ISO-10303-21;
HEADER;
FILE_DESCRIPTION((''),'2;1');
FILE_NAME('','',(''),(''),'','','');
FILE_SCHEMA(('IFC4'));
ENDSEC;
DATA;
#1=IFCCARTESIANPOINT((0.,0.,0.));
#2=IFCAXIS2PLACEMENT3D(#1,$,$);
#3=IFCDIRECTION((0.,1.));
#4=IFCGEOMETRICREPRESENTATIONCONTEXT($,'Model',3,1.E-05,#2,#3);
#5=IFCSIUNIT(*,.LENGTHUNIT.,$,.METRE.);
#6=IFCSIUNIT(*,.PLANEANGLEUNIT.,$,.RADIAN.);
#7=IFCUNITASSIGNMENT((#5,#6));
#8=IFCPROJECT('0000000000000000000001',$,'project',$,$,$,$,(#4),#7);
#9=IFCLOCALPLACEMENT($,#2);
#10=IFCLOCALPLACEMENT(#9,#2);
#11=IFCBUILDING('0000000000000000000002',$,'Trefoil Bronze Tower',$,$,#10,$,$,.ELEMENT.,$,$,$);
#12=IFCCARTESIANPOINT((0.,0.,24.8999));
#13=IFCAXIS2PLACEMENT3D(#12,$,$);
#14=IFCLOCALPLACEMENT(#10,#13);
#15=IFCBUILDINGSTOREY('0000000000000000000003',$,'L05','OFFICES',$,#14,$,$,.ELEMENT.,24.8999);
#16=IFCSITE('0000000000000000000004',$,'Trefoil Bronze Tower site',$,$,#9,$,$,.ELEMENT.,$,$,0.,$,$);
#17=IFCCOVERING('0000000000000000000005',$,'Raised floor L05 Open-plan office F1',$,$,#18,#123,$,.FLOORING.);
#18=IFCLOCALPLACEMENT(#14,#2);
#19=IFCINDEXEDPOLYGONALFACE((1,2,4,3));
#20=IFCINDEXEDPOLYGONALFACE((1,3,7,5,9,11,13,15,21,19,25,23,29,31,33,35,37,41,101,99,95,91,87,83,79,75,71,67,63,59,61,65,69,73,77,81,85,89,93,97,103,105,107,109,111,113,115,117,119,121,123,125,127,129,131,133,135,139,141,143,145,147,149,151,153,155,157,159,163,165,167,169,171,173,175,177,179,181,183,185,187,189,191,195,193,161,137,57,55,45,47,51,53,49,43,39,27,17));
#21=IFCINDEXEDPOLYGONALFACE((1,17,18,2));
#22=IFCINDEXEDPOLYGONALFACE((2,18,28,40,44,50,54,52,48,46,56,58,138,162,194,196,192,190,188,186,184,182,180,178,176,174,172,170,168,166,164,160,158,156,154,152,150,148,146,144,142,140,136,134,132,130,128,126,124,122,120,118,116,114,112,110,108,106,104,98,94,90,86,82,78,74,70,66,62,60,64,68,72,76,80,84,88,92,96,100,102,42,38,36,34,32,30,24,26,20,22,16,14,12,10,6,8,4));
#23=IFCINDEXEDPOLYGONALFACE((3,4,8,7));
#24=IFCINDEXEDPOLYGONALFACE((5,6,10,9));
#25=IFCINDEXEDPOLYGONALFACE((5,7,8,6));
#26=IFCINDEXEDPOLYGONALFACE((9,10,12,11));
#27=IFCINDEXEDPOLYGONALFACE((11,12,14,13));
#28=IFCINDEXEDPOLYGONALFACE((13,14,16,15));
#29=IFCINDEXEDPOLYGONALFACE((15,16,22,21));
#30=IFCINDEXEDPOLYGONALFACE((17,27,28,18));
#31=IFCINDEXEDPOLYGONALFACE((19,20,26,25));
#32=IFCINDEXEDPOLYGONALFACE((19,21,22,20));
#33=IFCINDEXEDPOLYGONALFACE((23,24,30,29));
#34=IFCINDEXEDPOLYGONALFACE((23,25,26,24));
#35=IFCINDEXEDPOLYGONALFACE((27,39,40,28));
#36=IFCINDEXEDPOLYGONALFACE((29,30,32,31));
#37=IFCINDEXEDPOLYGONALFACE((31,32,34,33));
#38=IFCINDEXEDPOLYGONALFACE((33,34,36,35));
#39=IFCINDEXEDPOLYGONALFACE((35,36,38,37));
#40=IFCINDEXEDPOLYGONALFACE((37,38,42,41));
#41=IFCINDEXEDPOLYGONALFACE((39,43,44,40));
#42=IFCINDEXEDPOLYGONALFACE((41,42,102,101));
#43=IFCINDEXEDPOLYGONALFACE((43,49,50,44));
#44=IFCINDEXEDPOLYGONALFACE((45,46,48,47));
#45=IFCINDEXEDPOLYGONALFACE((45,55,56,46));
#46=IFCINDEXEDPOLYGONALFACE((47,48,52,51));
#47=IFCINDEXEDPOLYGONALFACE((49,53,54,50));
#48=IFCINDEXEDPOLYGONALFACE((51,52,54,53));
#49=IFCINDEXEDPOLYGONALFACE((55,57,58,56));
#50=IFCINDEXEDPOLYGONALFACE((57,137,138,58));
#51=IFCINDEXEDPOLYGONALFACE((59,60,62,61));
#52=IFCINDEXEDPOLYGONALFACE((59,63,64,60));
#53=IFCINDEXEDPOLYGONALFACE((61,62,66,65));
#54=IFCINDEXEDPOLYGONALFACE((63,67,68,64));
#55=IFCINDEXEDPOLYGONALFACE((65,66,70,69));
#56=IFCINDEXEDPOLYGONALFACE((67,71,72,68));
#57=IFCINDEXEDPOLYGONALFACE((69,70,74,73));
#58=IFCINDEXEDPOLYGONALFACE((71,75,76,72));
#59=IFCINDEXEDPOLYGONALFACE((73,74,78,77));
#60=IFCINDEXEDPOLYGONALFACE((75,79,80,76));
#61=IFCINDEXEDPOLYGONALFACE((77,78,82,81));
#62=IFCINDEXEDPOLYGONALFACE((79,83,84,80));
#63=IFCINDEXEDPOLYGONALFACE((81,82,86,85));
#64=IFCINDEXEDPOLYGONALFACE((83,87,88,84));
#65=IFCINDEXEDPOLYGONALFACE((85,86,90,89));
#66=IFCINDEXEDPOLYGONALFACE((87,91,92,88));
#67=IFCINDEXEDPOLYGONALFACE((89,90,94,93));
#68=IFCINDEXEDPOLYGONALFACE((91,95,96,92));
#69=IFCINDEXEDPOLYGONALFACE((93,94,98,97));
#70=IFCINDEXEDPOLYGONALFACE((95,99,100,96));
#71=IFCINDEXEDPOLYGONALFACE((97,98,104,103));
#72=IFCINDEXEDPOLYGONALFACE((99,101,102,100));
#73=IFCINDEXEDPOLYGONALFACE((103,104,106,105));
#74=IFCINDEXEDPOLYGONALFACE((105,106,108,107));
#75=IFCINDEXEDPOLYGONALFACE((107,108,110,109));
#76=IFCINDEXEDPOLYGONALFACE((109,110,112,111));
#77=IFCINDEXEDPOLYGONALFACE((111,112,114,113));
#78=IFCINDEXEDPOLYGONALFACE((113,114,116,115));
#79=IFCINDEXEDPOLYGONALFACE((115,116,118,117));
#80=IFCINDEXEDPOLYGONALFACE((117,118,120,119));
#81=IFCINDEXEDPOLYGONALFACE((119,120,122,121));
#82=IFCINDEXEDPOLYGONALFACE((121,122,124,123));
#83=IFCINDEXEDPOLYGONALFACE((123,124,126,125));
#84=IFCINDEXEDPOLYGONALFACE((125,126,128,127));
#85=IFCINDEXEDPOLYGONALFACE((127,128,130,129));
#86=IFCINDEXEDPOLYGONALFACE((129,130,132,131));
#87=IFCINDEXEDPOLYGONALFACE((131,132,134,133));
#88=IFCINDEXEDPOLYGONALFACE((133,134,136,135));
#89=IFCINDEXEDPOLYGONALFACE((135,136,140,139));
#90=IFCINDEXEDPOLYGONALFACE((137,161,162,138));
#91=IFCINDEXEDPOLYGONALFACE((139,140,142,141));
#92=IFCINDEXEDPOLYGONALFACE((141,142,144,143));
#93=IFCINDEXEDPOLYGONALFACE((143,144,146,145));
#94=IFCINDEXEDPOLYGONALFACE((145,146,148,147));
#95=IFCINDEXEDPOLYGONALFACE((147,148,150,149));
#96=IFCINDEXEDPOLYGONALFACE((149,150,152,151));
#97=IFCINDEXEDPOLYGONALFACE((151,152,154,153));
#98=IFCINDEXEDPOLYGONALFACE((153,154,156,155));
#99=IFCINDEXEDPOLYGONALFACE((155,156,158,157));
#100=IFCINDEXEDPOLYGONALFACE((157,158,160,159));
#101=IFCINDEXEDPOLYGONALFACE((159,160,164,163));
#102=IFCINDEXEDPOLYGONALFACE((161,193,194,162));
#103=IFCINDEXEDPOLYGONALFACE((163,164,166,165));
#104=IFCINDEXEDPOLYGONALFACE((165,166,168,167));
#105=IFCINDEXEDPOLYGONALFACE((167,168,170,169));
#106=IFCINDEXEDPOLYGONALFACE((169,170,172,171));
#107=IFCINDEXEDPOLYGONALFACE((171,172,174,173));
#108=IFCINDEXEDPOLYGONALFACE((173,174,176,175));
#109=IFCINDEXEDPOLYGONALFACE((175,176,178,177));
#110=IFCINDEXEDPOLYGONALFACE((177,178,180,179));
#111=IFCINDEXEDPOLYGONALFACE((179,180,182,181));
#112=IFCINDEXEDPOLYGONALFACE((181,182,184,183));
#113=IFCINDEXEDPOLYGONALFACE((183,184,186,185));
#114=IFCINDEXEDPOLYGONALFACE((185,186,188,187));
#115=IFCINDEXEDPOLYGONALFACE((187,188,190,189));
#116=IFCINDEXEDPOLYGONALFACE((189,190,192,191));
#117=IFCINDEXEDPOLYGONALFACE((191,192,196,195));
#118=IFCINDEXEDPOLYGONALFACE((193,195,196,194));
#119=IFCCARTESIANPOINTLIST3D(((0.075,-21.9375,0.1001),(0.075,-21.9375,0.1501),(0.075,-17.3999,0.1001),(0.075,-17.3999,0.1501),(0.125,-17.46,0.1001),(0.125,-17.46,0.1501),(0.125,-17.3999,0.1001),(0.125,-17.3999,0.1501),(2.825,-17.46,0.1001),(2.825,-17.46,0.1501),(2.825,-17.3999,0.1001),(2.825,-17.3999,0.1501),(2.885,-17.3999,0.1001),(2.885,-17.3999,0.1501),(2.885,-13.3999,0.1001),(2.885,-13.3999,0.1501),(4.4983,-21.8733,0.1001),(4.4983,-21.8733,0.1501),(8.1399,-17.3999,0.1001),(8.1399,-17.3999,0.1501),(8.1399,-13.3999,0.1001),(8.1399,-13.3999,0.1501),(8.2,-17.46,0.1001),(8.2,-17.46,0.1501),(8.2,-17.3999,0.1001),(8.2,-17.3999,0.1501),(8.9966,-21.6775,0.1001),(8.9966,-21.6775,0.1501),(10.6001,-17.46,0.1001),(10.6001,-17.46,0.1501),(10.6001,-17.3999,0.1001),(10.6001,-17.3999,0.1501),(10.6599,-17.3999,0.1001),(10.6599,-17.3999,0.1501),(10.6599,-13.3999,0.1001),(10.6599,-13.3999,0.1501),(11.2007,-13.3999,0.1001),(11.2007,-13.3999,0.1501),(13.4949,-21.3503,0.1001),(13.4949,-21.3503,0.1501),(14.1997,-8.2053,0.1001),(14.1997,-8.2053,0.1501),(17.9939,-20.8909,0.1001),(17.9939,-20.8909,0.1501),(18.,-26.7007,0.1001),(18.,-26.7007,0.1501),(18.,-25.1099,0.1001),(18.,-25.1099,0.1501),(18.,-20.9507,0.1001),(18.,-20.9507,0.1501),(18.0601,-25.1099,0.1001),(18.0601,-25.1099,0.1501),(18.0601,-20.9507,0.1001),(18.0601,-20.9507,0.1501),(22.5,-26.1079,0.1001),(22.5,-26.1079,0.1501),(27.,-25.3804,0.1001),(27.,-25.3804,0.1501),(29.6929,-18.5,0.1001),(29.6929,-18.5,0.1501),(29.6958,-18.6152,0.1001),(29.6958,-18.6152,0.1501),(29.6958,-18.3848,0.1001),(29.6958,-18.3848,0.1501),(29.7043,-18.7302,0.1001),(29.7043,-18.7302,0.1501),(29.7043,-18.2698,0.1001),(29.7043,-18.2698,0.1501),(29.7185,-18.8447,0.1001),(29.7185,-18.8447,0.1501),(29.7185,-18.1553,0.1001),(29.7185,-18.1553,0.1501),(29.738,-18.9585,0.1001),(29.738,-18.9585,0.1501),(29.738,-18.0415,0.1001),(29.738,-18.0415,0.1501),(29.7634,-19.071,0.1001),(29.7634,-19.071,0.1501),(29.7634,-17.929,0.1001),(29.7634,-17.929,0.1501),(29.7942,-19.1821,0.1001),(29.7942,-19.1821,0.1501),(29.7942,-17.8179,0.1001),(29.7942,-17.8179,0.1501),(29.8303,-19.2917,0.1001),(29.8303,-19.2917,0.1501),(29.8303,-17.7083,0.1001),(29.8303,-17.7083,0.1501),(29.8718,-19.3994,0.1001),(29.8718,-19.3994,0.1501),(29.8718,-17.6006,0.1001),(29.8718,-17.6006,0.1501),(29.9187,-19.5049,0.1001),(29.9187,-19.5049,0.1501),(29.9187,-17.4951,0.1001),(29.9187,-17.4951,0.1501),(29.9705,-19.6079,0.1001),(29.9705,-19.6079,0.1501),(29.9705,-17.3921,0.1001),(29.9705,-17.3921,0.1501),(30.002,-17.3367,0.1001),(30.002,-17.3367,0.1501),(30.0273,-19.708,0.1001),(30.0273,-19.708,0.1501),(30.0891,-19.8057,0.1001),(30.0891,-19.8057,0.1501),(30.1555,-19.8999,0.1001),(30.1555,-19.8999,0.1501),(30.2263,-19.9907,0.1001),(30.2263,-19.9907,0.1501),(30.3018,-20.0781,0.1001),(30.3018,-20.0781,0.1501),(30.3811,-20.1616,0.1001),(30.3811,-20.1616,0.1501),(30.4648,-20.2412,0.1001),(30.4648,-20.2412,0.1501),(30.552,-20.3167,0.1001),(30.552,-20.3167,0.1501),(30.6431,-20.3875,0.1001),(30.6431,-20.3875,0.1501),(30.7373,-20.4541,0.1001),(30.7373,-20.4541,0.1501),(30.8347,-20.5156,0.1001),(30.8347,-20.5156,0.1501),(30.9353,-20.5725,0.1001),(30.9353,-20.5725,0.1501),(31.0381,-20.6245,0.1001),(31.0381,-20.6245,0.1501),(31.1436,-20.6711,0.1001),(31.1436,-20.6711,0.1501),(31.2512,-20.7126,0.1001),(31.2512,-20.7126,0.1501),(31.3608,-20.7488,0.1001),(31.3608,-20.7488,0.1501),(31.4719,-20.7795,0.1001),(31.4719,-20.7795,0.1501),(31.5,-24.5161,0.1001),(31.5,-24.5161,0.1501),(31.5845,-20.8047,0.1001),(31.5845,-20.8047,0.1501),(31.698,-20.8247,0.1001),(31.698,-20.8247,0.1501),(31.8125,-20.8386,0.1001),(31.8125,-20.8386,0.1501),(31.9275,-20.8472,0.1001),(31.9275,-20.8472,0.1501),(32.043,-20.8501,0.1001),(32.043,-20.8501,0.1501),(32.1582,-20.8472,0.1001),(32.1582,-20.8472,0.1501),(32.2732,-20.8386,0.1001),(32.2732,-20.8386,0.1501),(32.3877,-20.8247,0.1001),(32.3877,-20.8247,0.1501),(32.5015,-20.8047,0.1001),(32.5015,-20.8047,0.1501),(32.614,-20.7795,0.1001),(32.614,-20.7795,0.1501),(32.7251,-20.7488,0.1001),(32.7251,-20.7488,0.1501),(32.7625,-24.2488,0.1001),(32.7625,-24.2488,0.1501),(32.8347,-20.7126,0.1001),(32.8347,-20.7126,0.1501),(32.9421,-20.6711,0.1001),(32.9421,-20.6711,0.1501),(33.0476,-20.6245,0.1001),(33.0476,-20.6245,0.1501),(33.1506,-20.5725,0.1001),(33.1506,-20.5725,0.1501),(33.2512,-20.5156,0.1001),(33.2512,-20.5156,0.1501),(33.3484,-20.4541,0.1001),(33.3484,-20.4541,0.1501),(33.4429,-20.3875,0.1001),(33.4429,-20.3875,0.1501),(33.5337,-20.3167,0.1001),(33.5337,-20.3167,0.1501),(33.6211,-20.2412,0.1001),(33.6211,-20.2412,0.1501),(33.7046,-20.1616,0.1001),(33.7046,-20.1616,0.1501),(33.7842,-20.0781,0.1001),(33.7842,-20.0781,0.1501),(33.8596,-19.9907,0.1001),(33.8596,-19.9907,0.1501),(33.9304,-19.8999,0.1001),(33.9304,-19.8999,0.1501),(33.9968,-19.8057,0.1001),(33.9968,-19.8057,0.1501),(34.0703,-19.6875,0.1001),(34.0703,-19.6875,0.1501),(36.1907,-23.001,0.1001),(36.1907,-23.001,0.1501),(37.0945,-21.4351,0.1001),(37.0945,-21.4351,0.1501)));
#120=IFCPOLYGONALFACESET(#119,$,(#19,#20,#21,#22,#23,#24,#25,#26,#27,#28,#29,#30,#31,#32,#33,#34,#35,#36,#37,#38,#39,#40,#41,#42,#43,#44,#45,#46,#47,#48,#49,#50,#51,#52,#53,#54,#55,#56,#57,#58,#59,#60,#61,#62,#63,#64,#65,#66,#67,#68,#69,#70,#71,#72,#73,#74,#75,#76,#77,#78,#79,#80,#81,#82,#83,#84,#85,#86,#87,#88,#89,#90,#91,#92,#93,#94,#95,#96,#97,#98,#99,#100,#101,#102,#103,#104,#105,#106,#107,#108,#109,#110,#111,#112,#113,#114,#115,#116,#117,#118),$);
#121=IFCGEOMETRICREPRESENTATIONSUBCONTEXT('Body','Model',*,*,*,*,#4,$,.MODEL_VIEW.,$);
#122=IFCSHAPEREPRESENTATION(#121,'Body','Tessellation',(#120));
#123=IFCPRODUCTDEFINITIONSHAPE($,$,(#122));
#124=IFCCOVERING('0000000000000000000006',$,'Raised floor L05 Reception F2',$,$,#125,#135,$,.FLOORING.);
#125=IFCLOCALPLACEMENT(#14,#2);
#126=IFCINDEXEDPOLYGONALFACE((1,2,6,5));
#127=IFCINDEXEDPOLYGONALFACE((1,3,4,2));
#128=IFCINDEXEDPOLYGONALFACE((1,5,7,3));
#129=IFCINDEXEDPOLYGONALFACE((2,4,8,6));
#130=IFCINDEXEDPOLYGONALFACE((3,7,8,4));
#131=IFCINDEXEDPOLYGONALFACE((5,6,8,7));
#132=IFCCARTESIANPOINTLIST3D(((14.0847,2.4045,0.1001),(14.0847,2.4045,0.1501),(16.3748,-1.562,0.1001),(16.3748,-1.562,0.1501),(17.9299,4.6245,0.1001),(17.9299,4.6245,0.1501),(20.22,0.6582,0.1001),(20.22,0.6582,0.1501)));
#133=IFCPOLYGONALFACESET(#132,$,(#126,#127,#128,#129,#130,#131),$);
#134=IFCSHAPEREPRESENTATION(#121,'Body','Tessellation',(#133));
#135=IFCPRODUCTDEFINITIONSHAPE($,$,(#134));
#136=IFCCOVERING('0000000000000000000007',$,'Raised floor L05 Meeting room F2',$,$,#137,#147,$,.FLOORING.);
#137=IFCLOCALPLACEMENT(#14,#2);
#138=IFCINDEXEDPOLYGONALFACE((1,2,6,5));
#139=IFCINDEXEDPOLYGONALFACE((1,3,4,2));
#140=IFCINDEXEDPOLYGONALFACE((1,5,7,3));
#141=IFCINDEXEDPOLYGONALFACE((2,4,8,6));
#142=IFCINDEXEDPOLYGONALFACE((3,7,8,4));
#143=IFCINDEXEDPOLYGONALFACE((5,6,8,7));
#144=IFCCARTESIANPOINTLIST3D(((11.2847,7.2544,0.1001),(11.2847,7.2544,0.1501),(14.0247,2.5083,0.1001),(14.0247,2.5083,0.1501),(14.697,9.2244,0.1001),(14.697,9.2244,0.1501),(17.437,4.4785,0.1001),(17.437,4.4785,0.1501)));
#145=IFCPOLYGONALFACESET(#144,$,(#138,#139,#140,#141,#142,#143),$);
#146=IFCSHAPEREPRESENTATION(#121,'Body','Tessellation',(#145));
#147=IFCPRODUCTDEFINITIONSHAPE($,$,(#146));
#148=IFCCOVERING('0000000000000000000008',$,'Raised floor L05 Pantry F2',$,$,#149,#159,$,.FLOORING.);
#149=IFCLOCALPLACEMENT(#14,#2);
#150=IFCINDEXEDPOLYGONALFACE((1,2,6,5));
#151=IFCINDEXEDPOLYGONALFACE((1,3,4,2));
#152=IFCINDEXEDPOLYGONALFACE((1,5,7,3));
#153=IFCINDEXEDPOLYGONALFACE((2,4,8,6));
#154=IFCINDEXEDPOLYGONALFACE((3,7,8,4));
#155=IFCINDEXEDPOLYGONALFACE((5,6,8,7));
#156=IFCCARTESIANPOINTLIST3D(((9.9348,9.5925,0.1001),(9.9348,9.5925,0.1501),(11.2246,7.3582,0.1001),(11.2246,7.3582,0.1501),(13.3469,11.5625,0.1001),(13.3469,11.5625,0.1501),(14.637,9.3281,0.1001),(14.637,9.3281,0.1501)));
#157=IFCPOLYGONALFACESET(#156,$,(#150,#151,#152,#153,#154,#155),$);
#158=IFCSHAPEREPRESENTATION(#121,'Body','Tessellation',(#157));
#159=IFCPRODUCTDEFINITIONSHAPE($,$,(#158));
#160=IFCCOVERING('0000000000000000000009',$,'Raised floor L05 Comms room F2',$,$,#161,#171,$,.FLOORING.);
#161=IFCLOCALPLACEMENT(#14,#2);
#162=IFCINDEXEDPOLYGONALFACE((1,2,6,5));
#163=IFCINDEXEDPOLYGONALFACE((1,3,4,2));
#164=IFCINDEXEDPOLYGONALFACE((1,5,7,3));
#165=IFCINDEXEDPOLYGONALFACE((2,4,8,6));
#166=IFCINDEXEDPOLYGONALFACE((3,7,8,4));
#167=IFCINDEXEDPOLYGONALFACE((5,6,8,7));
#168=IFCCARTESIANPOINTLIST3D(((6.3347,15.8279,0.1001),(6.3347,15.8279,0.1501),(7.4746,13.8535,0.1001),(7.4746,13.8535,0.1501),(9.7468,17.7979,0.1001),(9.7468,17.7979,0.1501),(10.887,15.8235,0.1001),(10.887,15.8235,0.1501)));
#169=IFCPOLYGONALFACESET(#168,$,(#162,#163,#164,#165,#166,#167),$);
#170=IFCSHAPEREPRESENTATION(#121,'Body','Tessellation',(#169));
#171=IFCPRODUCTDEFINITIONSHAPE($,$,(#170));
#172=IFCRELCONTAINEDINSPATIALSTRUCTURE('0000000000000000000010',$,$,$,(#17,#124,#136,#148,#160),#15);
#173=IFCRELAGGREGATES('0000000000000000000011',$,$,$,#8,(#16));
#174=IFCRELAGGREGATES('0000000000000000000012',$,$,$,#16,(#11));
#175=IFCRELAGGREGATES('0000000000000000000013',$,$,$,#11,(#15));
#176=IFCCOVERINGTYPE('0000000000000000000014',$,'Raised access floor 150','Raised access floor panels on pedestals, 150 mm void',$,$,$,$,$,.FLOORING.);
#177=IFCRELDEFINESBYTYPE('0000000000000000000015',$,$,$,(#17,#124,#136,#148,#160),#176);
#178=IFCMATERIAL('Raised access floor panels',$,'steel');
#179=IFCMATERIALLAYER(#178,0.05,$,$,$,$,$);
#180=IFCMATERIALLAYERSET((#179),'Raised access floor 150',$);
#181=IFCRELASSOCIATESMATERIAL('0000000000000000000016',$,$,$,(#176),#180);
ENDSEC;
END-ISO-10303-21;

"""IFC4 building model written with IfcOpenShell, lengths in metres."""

from ifc_helpers import new_model, si_unit, direction, frame, origin, place, context, subcontext, project, spatial, polyline, outline, extrude, material, layer, layer_set, type_object, element, save


model = new_model("IFC4")

# Units and contexts
model_context = context("Model", 3, precision=1e-05, world=origin(), true_north=direction((0.0, 1.0)))
body_context = subcontext(model_context, "Body", "Model", "MODEL_VIEW")
ifc_project = project(units=[si_unit("LENGTHUNIT", "METRE"), si_unit("PLANEANGLEUNIT", "RADIAN")], contexts=[model_context])

# Site, building, storey
site_placement = place(None, origin())
site = spatial("IfcSite", under=ifc_project, at=site_placement, Name="Trefoil Bronze Tower site", CompositionType="ELEMENT", RefElevation=0.0)
building_placement = place(site_placement, origin())
building = spatial("IfcBuilding", under=site, at=building_placement, Name="Trefoil Bronze Tower", CompositionType="ELEMENT")
storey_placement = place(building_placement, frame((0.0, 0.0, 24.8999)))
storey = spatial("IfcBuildingStorey", under=building, at=storey_placement, Name="L05", Description="OFFICES", CompositionType="ELEMENT", Elevation=24.8999)

# Coverings
ifc_material_1 = material(Name="Raised access floor panels", Category="steel")
ifc_layer_1 = layer(ifc_material_1, 0.05)
ifc_layer_set_1 = layer_set([ifc_layer_1], Name="Raised access floor 150")
covering_type_1 = type_object("IfcCoveringType", Name="Raised access floor 150", Description="Raised access floor panels on pedestals, 150 mm void", PredefinedType="FLOORING", material=ifc_layer_set_1)
covering_1_placement = place(storey_placement, frame((0.0, 0.0, 0.1001)))
element("IfcCovering", 1, at=covering_1_placement, inside=storey, type_object=covering_type_1, Name="Raised floor L05 Open-plan office F1", PredefinedType="FLOORING", context=body_context, shape_type="SweptSolid", body=[
    extrude(outline(polyline([(18.0, -25.1099), (18.0601, -25.1099), (18.0601, -20.9507), (18.0, -20.9507), (17.9939, -20.8909), (13.4949, -21.3503), (8.9966, -21.6775), (4.4983, -21.8733), (0.075, -21.9375), (0.075, -17.3999), (0.125, -17.3999), (0.125, -17.46), (2.825, -17.46), (2.825, -17.3999), (2.885, -17.3999), (2.885, -13.3999), (8.1399, -13.3999), (8.1399, -17.3999), (8.2, -17.3999), (8.2, -17.46), (10.6001, -17.46), (10.6001, -17.3999), (10.6599, -17.3999), (10.6599, -13.3999), (11.2007, -13.3999), (14.1997, -8.2053), (30.002, -17.3367), (29.9705, -17.3921), (29.9187, -17.4951), (29.8718, -17.6006), (29.8303, -17.7083), (29.7942, -17.8179), (29.7634, -17.929), (29.738, -18.0415), (29.7185, -18.1553), (29.7043, -18.2698), (29.6958, -18.3848), (29.6929, -18.5), (29.6958, -18.6152), (29.7043, -18.7302), (29.7185, -18.8447), (29.738, -18.9585), (29.7634, -19.071), (29.7942, -19.1821), (29.8303, -19.2917), (29.8718, -19.3994), (29.9187, -19.5049), (29.9705, -19.6079), (30.0273, -19.708), (30.0891, -19.8057), (30.1555, -19.8999), (30.2263, -19.9907), (30.3018, -20.0781), (30.3811, -20.1616), (30.4648, -20.2412), (30.552, -20.3167), (30.6431, -20.3875), (30.7373, -20.4541), (30.8347, -20.5156), (30.9353, -20.5725), (31.0381, -20.6245), (31.1436, -20.6711), (31.2512, -20.7126), (31.3608, -20.7488), (31.4719, -20.7795), (31.5845, -20.8047), (31.698, -20.8247), (31.8125, -20.8386), (31.9275, -20.8472), (32.043, -20.8501), (32.1582, -20.8472), (32.2732, -20.8386), (32.3877, -20.8247), (32.5015, -20.8047), (32.614, -20.7795), (32.7251, -20.7488), (32.8347, -20.7126), (32.9421, -20.6711), (33.0476, -20.6245), (33.1506, -20.5725), (33.2512, -20.5156), (33.3484, -20.4541), (33.4429, -20.3875), (33.5337, -20.3167), (33.6211, -20.2412), (33.7046, -20.1616), (33.7842, -20.0781), (33.8596, -19.9907), (33.9304, -19.8999), (33.9968, -19.8057), (34.0703, -19.6875), (37.0945, -21.4351), (36.1907, -23.001), (32.7625, -24.2488), (31.5, -24.5161), (27.0, -25.3804), (22.5, -26.1079), (18.0, -26.7007), (18.0, -25.1099)])), origin(), (0.0, 0.0, 1.0), 0.05),
])
covering_2_placement = place(storey_placement, frame((0.0, 0.0, 0.1001)))
element("IfcCovering", 2, at=covering_2_placement, inside=storey, type_object=covering_type_1, Name="Raised floor L05 Reception F2", PredefinedType="FLOORING", context=body_context, shape_type="SweptSolid", body=[
    extrude(outline(polyline([(14.0847, 2.4045), (17.9299, 4.6245), (20.22, 0.6582), (16.3748, -1.562), (14.0847, 2.4045)])), origin(), (0.0, 0.0, 1.0), 0.05),
])
covering_3_placement = place(storey_placement, frame((0.0, 0.0, 0.1001)))
element("IfcCovering", 3, at=covering_3_placement, inside=storey, type_object=covering_type_1, Name="Raised floor L05 Meeting room F2", PredefinedType="FLOORING", context=body_context, shape_type="SweptSolid", body=[
    extrude(outline(polyline([(11.2847, 7.2544), (14.697, 9.2244), (17.437, 4.4785), (14.0247, 2.5083), (11.2847, 7.2544)])), origin(), (0.0, 0.0, 1.0), 0.05),
])
covering_4_placement = place(storey_placement, frame((0.0, 0.0, 0.1001)))
element("IfcCovering", 4, at=covering_4_placement, inside=storey, type_object=covering_type_1, Name="Raised floor L05 Pantry F2", PredefinedType="FLOORING", context=body_context, shape_type="SweptSolid", body=[
    extrude(outline(polyline([(9.9348, 9.5925), (13.3469, 11.5625), (14.637, 9.3281), (11.2246, 7.3582), (9.9348, 9.5925)])), origin(), (0.0, 0.0, 1.0), 0.05),
])
covering_5_placement = place(storey_placement, frame((0.0, 0.0, 0.1001)))
element("IfcCovering", 5, at=covering_5_placement, inside=storey, type_object=covering_type_1, Name="Raised floor L05 Comms room F2", PredefinedType="FLOORING", context=body_context, shape_type="SweptSolid", body=[
    extrude(outline(polyline([(6.3347, 15.8279), (9.7468, 17.7979), (10.887, 15.8235), (7.4746, 13.8535), (6.3347, 15.8279)])), origin(), (0.0, 0.0, 1.0), 0.05),
])

save(model, "model.ifc")
